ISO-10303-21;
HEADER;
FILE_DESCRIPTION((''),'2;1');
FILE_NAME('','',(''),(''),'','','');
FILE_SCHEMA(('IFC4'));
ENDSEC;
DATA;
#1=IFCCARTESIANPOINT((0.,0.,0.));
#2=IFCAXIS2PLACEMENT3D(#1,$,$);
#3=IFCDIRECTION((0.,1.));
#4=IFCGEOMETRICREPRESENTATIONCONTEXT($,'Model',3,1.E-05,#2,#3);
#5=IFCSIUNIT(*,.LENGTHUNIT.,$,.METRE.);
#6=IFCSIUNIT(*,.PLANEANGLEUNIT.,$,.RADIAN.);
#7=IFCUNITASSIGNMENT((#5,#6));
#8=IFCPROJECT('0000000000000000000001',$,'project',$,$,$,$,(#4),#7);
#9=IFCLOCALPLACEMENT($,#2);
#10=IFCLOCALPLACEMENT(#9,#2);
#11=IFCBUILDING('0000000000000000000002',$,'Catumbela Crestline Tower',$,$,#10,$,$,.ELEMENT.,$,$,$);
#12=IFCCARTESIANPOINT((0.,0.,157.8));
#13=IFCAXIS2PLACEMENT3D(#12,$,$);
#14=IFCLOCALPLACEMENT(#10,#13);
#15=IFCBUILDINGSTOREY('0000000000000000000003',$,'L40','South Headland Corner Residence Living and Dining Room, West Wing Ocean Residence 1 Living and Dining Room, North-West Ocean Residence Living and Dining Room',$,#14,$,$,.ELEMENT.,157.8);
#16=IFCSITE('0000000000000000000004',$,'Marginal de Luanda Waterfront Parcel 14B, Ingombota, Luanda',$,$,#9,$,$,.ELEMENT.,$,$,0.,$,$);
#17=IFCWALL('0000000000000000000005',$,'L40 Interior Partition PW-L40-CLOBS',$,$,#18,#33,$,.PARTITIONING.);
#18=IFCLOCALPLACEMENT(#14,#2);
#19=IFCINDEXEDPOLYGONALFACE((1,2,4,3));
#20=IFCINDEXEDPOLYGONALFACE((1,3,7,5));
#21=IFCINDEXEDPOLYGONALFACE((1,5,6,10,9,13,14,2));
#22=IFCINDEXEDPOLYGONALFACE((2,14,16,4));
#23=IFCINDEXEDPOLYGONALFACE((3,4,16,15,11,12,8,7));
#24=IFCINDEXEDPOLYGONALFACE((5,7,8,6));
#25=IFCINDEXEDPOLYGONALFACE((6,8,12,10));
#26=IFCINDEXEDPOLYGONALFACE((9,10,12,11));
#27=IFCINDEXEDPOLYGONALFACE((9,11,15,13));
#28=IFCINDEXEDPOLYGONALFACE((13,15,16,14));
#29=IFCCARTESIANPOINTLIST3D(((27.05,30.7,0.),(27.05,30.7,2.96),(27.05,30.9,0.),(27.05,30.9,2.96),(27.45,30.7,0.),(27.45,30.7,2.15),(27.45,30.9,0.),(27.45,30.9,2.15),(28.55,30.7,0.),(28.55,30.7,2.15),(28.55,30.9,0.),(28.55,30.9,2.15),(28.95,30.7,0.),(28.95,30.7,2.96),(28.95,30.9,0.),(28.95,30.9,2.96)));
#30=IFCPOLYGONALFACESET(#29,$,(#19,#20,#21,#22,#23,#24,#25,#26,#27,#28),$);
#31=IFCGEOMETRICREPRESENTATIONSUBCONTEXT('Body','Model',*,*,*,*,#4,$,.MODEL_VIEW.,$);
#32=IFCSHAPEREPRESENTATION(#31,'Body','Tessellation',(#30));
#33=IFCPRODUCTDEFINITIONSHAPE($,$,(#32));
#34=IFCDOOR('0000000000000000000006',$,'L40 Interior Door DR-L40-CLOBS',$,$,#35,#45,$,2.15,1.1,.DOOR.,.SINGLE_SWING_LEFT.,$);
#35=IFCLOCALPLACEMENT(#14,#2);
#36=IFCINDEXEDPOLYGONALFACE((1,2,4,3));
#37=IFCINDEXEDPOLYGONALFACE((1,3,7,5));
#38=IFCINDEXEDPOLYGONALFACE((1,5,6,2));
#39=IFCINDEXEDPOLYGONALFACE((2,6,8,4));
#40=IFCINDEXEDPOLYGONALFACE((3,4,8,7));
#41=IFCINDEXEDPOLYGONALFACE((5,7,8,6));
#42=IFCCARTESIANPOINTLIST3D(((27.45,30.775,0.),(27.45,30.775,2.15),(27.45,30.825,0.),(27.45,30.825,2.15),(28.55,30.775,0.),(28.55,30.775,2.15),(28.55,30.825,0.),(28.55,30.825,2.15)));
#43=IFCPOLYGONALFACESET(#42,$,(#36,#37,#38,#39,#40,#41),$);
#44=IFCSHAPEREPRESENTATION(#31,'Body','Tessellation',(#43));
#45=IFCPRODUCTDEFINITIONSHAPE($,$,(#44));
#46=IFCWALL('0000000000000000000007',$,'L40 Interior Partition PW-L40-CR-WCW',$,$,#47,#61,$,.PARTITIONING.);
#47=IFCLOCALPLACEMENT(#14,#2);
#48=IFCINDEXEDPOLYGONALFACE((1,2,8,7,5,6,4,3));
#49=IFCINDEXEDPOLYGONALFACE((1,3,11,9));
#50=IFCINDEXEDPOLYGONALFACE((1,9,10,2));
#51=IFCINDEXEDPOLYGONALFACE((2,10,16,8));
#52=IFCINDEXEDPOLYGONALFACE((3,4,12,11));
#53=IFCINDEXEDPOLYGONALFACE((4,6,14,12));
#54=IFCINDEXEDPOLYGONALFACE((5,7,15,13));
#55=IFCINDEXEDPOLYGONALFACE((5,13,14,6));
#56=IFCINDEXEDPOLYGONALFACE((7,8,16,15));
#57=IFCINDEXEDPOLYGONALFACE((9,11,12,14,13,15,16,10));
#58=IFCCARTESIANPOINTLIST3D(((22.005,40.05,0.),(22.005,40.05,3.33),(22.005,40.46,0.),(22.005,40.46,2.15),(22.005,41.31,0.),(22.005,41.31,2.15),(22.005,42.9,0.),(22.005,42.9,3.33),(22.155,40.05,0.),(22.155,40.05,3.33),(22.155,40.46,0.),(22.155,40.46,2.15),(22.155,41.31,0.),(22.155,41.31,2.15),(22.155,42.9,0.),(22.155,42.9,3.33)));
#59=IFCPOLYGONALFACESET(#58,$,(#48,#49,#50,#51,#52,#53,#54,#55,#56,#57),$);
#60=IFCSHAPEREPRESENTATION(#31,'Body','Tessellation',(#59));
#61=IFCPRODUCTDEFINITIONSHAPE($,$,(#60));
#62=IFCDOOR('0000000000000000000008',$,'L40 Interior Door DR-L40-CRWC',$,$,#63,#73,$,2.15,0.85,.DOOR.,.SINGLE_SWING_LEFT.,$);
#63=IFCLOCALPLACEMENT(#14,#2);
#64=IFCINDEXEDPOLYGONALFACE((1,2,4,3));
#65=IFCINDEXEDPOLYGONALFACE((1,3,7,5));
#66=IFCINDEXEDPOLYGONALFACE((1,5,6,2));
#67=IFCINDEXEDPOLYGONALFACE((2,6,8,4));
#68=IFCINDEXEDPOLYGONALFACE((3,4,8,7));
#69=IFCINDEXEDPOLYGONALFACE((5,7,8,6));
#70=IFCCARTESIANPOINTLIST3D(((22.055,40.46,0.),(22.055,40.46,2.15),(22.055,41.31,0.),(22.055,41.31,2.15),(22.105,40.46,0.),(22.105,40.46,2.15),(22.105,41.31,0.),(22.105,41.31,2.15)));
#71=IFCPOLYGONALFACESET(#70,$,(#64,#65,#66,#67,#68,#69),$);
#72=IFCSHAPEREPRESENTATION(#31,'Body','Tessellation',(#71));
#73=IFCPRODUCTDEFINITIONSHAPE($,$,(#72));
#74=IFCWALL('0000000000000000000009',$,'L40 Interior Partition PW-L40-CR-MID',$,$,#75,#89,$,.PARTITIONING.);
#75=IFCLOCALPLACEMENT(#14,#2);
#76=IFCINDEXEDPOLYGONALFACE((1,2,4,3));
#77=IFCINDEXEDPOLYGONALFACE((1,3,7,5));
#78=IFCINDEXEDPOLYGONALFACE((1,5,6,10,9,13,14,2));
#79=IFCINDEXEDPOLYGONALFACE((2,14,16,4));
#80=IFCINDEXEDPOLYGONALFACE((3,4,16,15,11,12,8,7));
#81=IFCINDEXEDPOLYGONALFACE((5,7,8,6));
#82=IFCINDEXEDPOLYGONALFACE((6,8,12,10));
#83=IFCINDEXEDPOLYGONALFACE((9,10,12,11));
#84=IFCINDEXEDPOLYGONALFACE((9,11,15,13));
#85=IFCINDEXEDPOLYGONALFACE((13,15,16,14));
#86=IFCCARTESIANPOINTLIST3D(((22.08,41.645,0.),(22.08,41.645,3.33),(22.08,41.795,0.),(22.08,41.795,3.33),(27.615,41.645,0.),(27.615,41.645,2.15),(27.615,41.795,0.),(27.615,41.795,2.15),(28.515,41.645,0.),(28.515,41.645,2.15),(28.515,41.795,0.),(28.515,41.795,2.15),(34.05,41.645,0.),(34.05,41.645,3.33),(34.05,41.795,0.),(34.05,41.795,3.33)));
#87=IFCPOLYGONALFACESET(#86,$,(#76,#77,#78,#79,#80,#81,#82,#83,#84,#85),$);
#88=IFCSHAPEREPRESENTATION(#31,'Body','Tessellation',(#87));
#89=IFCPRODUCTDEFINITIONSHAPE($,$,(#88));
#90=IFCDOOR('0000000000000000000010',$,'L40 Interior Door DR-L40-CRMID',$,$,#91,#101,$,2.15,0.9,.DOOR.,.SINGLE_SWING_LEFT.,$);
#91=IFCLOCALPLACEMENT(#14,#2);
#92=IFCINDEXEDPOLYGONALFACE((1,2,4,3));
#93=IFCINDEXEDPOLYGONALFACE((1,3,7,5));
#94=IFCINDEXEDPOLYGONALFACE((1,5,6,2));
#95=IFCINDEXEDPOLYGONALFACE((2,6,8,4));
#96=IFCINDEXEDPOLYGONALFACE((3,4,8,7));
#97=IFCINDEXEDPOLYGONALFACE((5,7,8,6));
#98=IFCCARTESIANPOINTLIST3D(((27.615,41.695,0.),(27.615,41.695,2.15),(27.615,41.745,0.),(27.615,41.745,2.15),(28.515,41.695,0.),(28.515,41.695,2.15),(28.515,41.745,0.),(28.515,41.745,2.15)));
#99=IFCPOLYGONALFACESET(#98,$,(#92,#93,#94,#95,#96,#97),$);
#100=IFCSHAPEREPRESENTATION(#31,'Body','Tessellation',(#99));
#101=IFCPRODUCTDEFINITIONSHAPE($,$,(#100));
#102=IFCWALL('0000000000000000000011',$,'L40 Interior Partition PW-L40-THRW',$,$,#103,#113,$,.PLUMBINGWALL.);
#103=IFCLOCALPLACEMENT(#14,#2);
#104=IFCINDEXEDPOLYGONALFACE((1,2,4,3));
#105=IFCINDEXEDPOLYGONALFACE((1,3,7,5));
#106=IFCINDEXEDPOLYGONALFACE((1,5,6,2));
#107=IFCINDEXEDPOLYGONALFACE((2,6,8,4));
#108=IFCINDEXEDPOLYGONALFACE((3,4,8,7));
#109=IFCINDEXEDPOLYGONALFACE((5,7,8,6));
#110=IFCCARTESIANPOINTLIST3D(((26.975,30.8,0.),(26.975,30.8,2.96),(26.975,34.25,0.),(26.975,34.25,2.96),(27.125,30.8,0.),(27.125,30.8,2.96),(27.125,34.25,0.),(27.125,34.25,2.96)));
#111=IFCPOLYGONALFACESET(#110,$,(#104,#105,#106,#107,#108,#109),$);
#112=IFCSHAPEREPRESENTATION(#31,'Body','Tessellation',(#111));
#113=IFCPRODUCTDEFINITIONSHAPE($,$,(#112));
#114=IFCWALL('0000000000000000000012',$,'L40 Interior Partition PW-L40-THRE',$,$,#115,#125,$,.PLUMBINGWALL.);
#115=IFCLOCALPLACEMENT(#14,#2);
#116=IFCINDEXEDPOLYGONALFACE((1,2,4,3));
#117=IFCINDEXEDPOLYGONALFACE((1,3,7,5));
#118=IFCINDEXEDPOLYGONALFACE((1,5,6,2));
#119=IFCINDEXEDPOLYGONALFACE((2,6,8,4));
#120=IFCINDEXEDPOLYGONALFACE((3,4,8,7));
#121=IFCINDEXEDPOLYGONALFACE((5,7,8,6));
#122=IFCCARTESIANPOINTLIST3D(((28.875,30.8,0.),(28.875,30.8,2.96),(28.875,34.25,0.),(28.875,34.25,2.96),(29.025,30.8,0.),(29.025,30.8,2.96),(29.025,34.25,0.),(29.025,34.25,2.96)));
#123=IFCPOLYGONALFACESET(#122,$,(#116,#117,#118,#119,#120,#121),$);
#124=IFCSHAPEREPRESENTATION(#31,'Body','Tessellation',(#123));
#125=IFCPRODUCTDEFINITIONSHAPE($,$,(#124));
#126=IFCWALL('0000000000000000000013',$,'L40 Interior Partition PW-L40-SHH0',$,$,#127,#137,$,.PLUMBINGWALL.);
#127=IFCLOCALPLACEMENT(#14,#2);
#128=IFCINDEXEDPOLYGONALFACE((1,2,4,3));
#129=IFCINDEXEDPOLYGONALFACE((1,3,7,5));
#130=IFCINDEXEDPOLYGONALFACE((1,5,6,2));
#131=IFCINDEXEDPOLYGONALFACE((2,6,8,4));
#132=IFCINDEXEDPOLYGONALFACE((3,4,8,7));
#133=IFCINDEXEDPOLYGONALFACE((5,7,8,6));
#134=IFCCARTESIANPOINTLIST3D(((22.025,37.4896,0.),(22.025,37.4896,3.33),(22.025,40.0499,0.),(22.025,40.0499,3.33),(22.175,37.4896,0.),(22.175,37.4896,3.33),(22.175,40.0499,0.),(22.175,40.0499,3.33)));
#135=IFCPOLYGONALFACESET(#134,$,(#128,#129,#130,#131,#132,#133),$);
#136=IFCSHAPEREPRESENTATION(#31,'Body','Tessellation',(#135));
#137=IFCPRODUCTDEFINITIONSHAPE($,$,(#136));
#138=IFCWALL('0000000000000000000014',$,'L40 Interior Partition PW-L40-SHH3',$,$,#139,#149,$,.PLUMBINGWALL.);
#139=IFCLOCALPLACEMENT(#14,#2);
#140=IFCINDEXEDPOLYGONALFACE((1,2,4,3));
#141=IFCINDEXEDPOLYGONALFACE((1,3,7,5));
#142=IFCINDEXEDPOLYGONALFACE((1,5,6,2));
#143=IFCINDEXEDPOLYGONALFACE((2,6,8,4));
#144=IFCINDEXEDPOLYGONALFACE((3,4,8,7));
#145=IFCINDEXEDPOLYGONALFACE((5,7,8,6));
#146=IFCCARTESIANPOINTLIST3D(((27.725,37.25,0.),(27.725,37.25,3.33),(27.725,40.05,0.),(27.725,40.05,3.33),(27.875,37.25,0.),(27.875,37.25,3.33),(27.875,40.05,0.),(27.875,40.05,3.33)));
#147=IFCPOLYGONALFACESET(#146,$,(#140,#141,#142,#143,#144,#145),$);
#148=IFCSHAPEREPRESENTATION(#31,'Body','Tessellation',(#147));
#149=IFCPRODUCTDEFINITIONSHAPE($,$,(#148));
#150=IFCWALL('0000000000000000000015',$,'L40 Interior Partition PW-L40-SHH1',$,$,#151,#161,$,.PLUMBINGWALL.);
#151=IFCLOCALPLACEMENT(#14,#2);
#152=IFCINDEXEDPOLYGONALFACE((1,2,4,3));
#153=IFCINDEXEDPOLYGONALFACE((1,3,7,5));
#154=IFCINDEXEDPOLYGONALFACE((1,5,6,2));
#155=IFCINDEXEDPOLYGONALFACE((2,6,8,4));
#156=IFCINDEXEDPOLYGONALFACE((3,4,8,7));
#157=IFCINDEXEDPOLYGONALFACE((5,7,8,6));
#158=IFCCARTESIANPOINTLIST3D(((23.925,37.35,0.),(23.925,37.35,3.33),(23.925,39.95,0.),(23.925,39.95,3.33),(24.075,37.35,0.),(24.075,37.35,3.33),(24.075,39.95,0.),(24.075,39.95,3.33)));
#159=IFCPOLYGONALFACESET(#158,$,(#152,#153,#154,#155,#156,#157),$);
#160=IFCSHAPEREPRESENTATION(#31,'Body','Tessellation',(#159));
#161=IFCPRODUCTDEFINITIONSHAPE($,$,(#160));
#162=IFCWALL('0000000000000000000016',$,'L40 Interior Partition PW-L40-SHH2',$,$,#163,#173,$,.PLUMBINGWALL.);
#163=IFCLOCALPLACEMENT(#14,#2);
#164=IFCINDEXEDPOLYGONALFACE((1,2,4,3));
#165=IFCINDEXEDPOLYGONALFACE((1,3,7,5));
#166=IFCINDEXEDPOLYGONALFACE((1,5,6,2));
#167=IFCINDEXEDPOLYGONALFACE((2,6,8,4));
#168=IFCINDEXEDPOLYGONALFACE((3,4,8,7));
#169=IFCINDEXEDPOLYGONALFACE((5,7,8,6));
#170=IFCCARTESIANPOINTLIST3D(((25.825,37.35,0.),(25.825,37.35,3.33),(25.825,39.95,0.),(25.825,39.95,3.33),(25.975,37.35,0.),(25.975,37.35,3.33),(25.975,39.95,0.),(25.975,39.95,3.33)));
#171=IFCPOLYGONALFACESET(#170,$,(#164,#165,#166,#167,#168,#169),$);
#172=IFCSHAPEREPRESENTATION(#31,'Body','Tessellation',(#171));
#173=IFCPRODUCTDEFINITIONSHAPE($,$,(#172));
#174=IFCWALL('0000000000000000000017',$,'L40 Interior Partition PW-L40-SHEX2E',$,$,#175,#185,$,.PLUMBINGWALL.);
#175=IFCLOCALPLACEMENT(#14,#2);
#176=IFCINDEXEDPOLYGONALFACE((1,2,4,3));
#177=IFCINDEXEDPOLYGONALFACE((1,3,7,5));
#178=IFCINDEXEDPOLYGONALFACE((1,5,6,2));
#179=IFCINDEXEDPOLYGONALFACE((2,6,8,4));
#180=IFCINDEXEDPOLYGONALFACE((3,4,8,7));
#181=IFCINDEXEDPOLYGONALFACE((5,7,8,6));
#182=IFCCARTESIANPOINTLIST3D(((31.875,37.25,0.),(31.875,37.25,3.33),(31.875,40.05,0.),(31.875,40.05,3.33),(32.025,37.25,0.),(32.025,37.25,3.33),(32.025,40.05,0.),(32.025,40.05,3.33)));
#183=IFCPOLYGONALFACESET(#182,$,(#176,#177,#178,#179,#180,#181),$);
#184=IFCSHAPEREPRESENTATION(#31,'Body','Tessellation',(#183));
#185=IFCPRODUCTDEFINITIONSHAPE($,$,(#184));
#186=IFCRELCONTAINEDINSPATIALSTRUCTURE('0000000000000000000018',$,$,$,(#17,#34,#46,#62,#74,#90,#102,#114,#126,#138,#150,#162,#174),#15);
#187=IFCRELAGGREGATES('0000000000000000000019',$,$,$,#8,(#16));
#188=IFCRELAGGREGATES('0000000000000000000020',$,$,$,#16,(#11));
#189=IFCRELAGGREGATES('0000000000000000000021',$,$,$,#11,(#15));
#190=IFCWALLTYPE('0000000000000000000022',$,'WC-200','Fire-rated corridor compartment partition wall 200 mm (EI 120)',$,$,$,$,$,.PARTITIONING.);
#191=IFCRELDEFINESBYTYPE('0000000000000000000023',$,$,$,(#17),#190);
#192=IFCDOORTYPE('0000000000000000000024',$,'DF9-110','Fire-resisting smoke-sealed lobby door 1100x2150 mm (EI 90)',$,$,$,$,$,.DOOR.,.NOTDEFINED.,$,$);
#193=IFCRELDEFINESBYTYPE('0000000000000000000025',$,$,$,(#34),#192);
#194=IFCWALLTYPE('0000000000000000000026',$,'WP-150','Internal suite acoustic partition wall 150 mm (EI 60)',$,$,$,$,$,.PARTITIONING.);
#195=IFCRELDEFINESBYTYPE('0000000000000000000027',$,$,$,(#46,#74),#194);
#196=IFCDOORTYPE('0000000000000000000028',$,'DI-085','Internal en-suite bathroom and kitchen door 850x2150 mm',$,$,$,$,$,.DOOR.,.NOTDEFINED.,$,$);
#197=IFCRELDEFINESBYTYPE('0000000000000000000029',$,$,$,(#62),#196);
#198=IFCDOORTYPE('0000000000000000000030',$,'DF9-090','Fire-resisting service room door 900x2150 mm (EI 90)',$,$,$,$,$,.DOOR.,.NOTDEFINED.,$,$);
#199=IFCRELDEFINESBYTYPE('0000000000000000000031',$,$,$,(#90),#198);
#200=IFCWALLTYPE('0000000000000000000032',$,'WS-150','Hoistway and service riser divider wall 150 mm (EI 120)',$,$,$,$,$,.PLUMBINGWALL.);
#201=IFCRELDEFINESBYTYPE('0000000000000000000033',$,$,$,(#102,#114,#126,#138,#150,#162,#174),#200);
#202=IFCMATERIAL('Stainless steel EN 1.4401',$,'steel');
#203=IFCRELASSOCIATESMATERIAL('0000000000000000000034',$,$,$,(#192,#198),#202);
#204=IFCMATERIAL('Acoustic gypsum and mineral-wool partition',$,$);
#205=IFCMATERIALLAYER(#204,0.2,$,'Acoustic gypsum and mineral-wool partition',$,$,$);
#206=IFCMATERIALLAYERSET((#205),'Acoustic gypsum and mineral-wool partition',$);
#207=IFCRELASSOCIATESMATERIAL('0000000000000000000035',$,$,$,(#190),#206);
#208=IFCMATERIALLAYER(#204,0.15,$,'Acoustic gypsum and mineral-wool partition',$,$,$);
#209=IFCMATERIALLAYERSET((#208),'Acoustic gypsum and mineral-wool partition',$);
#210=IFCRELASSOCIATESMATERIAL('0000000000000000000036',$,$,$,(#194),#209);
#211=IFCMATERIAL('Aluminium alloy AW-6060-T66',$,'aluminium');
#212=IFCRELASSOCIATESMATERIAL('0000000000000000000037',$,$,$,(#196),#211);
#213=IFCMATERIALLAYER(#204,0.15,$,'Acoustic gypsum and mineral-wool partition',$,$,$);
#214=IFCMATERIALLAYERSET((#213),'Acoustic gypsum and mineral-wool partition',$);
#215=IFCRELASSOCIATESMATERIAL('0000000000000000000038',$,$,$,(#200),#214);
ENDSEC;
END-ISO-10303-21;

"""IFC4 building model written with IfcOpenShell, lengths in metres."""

from ifc_helpers import new_model, si_unit, direction, frame, frame_2d, origin, place, context, subcontext, project, spatial, rectangle, extrude, material, layer, layer_set, type_object, element, fill, save


model = new_model("IFC4")

# Units and contexts
model_context = context("Model", 3, precision=1e-05, world=origin(), true_north=direction((0.0, 1.0)))
body_context = subcontext(model_context, "Body", "Model", "MODEL_VIEW")
ifc_project = project(units=[si_unit("LENGTHUNIT", "METRE"), si_unit("PLANEANGLEUNIT", "RADIAN")], contexts=[model_context])

# Site, building, storey
site_placement = place(None, origin())
site = spatial("IfcSite", under=ifc_project, at=site_placement, Name="Marginal de Luanda Waterfront Parcel 14B, Ingombota, Luanda", CompositionType="ELEMENT", RefElevation=0.0)
building_placement = place(site_placement, origin())
building = spatial("IfcBuilding", under=site, at=building_placement, Name="Catumbela Crestline Tower", CompositionType="ELEMENT")
storey_placement = place(building_placement, frame((0.0, 0.0, 157.8)))
storey = spatial("IfcBuildingStorey", under=building, at=storey_placement, Name="L40", Description="South Headland Corner Residence Living and Dining Room, West Wing Ocean Residence 1 Living and Dining Room, North-West Ocean Residence Living and Dining Room", CompositionType="ELEMENT", Elevation=157.8)

# Shared definitions
ifc_material_1 = material(Name="Stainless steel EN 1.4401", Category="steel")

# Walls, openings, doors
door_type_1 = type_object("IfcDoorType", Name="DF9-110", Description="Fire-resisting smoke-sealed lobby door 1100x2150 mm (EI 90)", OperationType="NOTDEFINED", PredefinedType="DOOR", material=ifc_material_1)
ifc_material_2 = material(Name="Acoustic gypsum and mineral-wool partition")
ifc_layer_1 = layer(ifc_material_2, 0.2, Name="Acoustic gypsum and mineral-wool partition")
ifc_layer_set_1 = layer_set([ifc_layer_1], Name="Acoustic gypsum and mineral-wool partition")
wall_type_1 = type_object("IfcWallType", Name="WC-200", Description="Fire-rated corridor compartment partition wall 200 mm (EI 120)", PredefinedType="PARTITIONING", material=ifc_layer_set_1)
wall_1_placement = place(storey_placement, frame((27.05, 30.8, 0.0), z_axis=(0.0, 0.0, 1.0), x_axis=(1.0, 0.0, 0.0)))
wall_1 = element("IfcWall", 1, at=wall_1_placement, inside=storey, type_object=wall_type_1, Name="L40 Interior Partition PW-L40-CLOBS", PredefinedType="PARTITIONING", context=body_context, shape_type="SweptSolid", body=[
    extrude(rectangle(XDim=1.9, YDim=0.2, at=frame_2d((0.95, 0.0))), origin(), (0.0, 0.0, 1.0), 2.96),
])
opening_1_placement = place(wall_1_placement, frame((0.4, 0.0, 0.0)))
opening_1 = element("IfcOpeningElement", 2, at=opening_1_placement, cuts=wall_1, PredefinedType="OPENING", context=body_context, shape_type="SweptSolid", body=[
    extrude(rectangle(XDim=1.1, YDim=2.15, at=frame_2d((0.55, 1.075))), frame((0.0, 0.11, 0.0), z_axis=(0.0, -1.0, 0.0), x_axis=(1.0, 0.0, 0.0)), (0.0, 0.0, 1.0), 0.22),
])
door_1_placement = place(opening_1_placement, origin())
door_1 = element("IfcDoor", 3, at=door_1_placement, inside=storey, type_object=door_type_1, Name="L40 Interior Door DR-L40-CLOBS", OperationType="SINGLE_SWING_LEFT", OverallHeight=2.15, OverallWidth=1.1, PredefinedType="DOOR", context=body_context, shape_type="SweptSolid", body=[
    extrude(rectangle(XDim=1.1, YDim=2.15, at=frame_2d((0.55, 1.075))), frame((0.0, 0.025, 0.0), z_axis=(0.0, -1.0, 0.0), x_axis=(1.0, 0.0, 0.0)), (0.0, 0.0, 1.0), 0.05),
])
fill(opening_1, door_1)
ifc_layer_2 = layer(ifc_material_2, 0.15, Name="Acoustic gypsum and mineral-wool partition")
ifc_layer_set_2 = layer_set([ifc_layer_2], Name="Acoustic gypsum and mineral-wool partition")
wall_type_2 = type_object("IfcWallType", Name="WP-150", Description="Internal suite acoustic partition wall 150 mm (EI 60)", PredefinedType="PARTITIONING", material=ifc_layer_set_2)
wall_2_placement = place(storey_placement, frame((22.08, 40.05, 0.0), z_axis=(0.0, 0.0, 1.0), x_axis=(0.0, 1.0, 0.0)))
wall_2 = element("IfcWall", 4, at=wall_2_placement, inside=storey, type_object=wall_type_2, Name="L40 Interior Partition PW-L40-CR-WCW", PredefinedType="PARTITIONING", context=body_context, shape_type="SweptSolid", body=[
    extrude(rectangle(XDim=2.85, YDim=0.15, at=frame_2d((1.425, 0.0))), origin(), (0.0, 0.0, 1.0), 3.33),
])
opening_2_placement = place(wall_2_placement, frame((0.41, 0.0, 0.0)))
opening_2 = element("IfcOpeningElement", 5, at=opening_2_placement, cuts=wall_2, PredefinedType="OPENING", context=body_context, shape_type="SweptSolid", body=[
    extrude(rectangle(XDim=0.85, YDim=2.15, at=frame_2d((0.425, 1.075))), frame((0.0, 0.085, 0.0), z_axis=(0.0, -1.0, 0.0), x_axis=(1.0, 0.0, 0.0)), (0.0, 0.0, 1.0), 0.17),
])
ifc_material_3 = material(Name="Aluminium alloy AW-6060-T66", Category="aluminium")
door_type_2 = type_object("IfcDoorType", Name="DI-085", Description="Internal en-suite bathroom and kitchen door 850x2150 mm", OperationType="NOTDEFINED", PredefinedType="DOOR", material=ifc_material_3)
door_2_placement = place(opening_2_placement, origin())
door_2 = element("IfcDoor", 6, at=door_2_placement, inside=storey, type_object=door_type_2, Name="L40 Interior Door DR-L40-CRWC", OperationType="SINGLE_SWING_LEFT", OverallHeight=2.15, OverallWidth=0.85, PredefinedType="DOOR", context=body_context, shape_type="SweptSolid", body=[
    extrude(rectangle(XDim=0.85, YDim=2.15, at=frame_2d((0.425, 1.075))), frame((0.0, 0.025, 0.0), z_axis=(0.0, -1.0, 0.0), x_axis=(1.0, 0.0, 0.0)), (0.0, 0.0, 1.0), 0.05),
])
fill(opening_2, door_2)
wall_3_placement = place(storey_placement, frame((22.08, 41.72, 0.0), z_axis=(0.0, 0.0, 1.0), x_axis=(1.0, 0.0, 0.0)))
wall_3 = element("IfcWall", 7, at=wall_3_placement, inside=storey, type_object=wall_type_2, Name="L40 Interior Partition PW-L40-CR-MID", PredefinedType="PARTITIONING", context=body_context, shape_type="SweptSolid", body=[
    extrude(rectangle(XDim=11.97, YDim=0.15, at=frame_2d((5.985, 0.0))), origin(), (0.0, 0.0, 1.0), 3.33),
])
opening_3_placement = place(wall_3_placement, frame((5.535, 0.0, 0.0)))
opening_3 = element("IfcOpeningElement", 8, at=opening_3_placement, cuts=wall_3, PredefinedType="OPENING", context=body_context, shape_type="SweptSolid", body=[
    extrude(rectangle(XDim=0.9, YDim=2.15, at=frame_2d((0.45, 1.075))), frame((0.0, 0.085, 0.0), z_axis=(0.0, -1.0, 0.0), x_axis=(1.0, 0.0, 0.0)), (0.0, 0.0, 1.0), 0.17),
])
door_type_3 = type_object("IfcDoorType", Name="DF9-090", Description="Fire-resisting service room door 900x2150 mm (EI 90)", OperationType="NOTDEFINED", PredefinedType="DOOR", material=ifc_material_1)
door_3_placement = place(opening_3_placement, origin())
door_3 = element("IfcDoor", 9, at=door_3_placement, inside=storey, type_object=door_type_3, Name="L40 Interior Door DR-L40-CRMID", OperationType="SINGLE_SWING_LEFT", OverallHeight=2.15, OverallWidth=0.9, PredefinedType="DOOR", context=body_context, shape_type="SweptSolid", body=[
    extrude(rectangle(XDim=0.9, YDim=2.15, at=frame_2d((0.45, 1.075))), frame((0.0, 0.025, 0.0), z_axis=(0.0, -1.0, 0.0), x_axis=(1.0, 0.0, 0.0)), (0.0, 0.0, 1.0), 0.05),
])
fill(opening_3, door_3)

# Walls
ifc_layer_3 = layer(ifc_material_2, 0.15, Name="Acoustic gypsum and mineral-wool partition")
ifc_layer_set_3 = layer_set([ifc_layer_3], Name="Acoustic gypsum and mineral-wool partition")
wall_type_3 = type_object("IfcWallType", Name="WS-150", Description="Hoistway and service riser divider wall 150 mm (EI 120)", PredefinedType="PLUMBINGWALL", material=ifc_layer_set_3)
for number, where, z_axis, x_axis, name in (
    (10, (27.05, 30.8, 0.0), (0.0, 0.0, 1.0), (0.0, 1.0, 0.0), "L40 Interior Partition PW-L40-THRW"),
    (11, (28.95, 30.8, 0.0), (0.0, 0.0, 1.0), (0.0, 1.0, 0.0), "L40 Interior Partition PW-L40-THRE"),
):
    element("IfcWall", number, at=place(storey_placement, frame(where, z_axis=z_axis, x_axis=x_axis)), inside=storey, type_object=wall_type_3, Name=name, PredefinedType="PLUMBINGWALL", context=body_context, shape_type="SweptSolid", body=[
        extrude(rectangle(XDim=3.45, YDim=0.15, at=frame_2d((1.725, 0.0))), origin(), (0.0, 0.0, 1.0), 2.96),
    ])
wall_4_placement = place(storey_placement, frame((22.1, 37.4897, 0.0), z_axis=(0.0, 0.0, 1.0), x_axis=(0.0, 1.0, 0.0)))
element("IfcWall", 12, at=wall_4_placement, inside=storey, type_object=wall_type_3, Name="L40 Interior Partition PW-L40-SHH0", PredefinedType="PLUMBINGWALL", context=body_context, shape_type="SweptSolid", body=[
    extrude(rectangle(XDim=2.5603, YDim=0.15, at=frame_2d((1.2801, 0.0))), origin(), (0.0, 0.0, 1.0), 3.33),
])
wall_5_placement = place(storey_placement, frame((27.8, 37.25, 0.0), z_axis=(0.0, 0.0, 1.0), x_axis=(0.0, 1.0, 0.0)))
element("IfcWall", 13, at=wall_5_placement, inside=storey, type_object=wall_type_3, Name="L40 Interior Partition PW-L40-SHH3", PredefinedType="PLUMBINGWALL", context=body_context, shape_type="SweptSolid", body=[
    extrude(rectangle(XDim=2.8, YDim=0.15, at=frame_2d((1.4, 0.0))), origin(), (0.0, 0.0, 1.0), 3.33),
])
for number, where, z_axis, x_axis, name in (
    (14, (24.0, 37.35, 0.0), (0.0, 0.0, 1.0), (0.0, 1.0, 0.0), "L40 Interior Partition PW-L40-SHH1"),
    (15, (25.9, 37.35, 0.0), (0.0, 0.0, 1.0), (0.0, 1.0, 0.0), "L40 Interior Partition PW-L40-SHH2"),
):
    element("IfcWall", number, at=place(storey_placement, frame(where, z_axis=z_axis, x_axis=x_axis)), inside=storey, type_object=wall_type_3, Name=name, PredefinedType="PLUMBINGWALL", context=body_context, shape_type="SweptSolid", body=[
        extrude(rectangle(XDim=2.6, YDim=0.15, at=frame_2d((1.3, 0.0))), origin(), (0.0, 0.0, 1.0), 3.33),
    ])
wall_6_placement = place(storey_placement, frame((31.95, 37.25, 0.0), z_axis=(0.0, 0.0, 1.0), x_axis=(0.0, 1.0, 0.0)))
element("IfcWall", 16, at=wall_6_placement, inside=storey, type_object=wall_type_3, Name="L40 Interior Partition PW-L40-SHEX2E", PredefinedType="PLUMBINGWALL", context=body_context, shape_type="SweptSolid", body=[
    extrude(rectangle(XDim=2.8, YDim=0.15, at=frame_2d((1.4, 0.0))), origin(), (0.0, 0.0, 1.0), 3.33),
])

save(model, "model.ifc")
